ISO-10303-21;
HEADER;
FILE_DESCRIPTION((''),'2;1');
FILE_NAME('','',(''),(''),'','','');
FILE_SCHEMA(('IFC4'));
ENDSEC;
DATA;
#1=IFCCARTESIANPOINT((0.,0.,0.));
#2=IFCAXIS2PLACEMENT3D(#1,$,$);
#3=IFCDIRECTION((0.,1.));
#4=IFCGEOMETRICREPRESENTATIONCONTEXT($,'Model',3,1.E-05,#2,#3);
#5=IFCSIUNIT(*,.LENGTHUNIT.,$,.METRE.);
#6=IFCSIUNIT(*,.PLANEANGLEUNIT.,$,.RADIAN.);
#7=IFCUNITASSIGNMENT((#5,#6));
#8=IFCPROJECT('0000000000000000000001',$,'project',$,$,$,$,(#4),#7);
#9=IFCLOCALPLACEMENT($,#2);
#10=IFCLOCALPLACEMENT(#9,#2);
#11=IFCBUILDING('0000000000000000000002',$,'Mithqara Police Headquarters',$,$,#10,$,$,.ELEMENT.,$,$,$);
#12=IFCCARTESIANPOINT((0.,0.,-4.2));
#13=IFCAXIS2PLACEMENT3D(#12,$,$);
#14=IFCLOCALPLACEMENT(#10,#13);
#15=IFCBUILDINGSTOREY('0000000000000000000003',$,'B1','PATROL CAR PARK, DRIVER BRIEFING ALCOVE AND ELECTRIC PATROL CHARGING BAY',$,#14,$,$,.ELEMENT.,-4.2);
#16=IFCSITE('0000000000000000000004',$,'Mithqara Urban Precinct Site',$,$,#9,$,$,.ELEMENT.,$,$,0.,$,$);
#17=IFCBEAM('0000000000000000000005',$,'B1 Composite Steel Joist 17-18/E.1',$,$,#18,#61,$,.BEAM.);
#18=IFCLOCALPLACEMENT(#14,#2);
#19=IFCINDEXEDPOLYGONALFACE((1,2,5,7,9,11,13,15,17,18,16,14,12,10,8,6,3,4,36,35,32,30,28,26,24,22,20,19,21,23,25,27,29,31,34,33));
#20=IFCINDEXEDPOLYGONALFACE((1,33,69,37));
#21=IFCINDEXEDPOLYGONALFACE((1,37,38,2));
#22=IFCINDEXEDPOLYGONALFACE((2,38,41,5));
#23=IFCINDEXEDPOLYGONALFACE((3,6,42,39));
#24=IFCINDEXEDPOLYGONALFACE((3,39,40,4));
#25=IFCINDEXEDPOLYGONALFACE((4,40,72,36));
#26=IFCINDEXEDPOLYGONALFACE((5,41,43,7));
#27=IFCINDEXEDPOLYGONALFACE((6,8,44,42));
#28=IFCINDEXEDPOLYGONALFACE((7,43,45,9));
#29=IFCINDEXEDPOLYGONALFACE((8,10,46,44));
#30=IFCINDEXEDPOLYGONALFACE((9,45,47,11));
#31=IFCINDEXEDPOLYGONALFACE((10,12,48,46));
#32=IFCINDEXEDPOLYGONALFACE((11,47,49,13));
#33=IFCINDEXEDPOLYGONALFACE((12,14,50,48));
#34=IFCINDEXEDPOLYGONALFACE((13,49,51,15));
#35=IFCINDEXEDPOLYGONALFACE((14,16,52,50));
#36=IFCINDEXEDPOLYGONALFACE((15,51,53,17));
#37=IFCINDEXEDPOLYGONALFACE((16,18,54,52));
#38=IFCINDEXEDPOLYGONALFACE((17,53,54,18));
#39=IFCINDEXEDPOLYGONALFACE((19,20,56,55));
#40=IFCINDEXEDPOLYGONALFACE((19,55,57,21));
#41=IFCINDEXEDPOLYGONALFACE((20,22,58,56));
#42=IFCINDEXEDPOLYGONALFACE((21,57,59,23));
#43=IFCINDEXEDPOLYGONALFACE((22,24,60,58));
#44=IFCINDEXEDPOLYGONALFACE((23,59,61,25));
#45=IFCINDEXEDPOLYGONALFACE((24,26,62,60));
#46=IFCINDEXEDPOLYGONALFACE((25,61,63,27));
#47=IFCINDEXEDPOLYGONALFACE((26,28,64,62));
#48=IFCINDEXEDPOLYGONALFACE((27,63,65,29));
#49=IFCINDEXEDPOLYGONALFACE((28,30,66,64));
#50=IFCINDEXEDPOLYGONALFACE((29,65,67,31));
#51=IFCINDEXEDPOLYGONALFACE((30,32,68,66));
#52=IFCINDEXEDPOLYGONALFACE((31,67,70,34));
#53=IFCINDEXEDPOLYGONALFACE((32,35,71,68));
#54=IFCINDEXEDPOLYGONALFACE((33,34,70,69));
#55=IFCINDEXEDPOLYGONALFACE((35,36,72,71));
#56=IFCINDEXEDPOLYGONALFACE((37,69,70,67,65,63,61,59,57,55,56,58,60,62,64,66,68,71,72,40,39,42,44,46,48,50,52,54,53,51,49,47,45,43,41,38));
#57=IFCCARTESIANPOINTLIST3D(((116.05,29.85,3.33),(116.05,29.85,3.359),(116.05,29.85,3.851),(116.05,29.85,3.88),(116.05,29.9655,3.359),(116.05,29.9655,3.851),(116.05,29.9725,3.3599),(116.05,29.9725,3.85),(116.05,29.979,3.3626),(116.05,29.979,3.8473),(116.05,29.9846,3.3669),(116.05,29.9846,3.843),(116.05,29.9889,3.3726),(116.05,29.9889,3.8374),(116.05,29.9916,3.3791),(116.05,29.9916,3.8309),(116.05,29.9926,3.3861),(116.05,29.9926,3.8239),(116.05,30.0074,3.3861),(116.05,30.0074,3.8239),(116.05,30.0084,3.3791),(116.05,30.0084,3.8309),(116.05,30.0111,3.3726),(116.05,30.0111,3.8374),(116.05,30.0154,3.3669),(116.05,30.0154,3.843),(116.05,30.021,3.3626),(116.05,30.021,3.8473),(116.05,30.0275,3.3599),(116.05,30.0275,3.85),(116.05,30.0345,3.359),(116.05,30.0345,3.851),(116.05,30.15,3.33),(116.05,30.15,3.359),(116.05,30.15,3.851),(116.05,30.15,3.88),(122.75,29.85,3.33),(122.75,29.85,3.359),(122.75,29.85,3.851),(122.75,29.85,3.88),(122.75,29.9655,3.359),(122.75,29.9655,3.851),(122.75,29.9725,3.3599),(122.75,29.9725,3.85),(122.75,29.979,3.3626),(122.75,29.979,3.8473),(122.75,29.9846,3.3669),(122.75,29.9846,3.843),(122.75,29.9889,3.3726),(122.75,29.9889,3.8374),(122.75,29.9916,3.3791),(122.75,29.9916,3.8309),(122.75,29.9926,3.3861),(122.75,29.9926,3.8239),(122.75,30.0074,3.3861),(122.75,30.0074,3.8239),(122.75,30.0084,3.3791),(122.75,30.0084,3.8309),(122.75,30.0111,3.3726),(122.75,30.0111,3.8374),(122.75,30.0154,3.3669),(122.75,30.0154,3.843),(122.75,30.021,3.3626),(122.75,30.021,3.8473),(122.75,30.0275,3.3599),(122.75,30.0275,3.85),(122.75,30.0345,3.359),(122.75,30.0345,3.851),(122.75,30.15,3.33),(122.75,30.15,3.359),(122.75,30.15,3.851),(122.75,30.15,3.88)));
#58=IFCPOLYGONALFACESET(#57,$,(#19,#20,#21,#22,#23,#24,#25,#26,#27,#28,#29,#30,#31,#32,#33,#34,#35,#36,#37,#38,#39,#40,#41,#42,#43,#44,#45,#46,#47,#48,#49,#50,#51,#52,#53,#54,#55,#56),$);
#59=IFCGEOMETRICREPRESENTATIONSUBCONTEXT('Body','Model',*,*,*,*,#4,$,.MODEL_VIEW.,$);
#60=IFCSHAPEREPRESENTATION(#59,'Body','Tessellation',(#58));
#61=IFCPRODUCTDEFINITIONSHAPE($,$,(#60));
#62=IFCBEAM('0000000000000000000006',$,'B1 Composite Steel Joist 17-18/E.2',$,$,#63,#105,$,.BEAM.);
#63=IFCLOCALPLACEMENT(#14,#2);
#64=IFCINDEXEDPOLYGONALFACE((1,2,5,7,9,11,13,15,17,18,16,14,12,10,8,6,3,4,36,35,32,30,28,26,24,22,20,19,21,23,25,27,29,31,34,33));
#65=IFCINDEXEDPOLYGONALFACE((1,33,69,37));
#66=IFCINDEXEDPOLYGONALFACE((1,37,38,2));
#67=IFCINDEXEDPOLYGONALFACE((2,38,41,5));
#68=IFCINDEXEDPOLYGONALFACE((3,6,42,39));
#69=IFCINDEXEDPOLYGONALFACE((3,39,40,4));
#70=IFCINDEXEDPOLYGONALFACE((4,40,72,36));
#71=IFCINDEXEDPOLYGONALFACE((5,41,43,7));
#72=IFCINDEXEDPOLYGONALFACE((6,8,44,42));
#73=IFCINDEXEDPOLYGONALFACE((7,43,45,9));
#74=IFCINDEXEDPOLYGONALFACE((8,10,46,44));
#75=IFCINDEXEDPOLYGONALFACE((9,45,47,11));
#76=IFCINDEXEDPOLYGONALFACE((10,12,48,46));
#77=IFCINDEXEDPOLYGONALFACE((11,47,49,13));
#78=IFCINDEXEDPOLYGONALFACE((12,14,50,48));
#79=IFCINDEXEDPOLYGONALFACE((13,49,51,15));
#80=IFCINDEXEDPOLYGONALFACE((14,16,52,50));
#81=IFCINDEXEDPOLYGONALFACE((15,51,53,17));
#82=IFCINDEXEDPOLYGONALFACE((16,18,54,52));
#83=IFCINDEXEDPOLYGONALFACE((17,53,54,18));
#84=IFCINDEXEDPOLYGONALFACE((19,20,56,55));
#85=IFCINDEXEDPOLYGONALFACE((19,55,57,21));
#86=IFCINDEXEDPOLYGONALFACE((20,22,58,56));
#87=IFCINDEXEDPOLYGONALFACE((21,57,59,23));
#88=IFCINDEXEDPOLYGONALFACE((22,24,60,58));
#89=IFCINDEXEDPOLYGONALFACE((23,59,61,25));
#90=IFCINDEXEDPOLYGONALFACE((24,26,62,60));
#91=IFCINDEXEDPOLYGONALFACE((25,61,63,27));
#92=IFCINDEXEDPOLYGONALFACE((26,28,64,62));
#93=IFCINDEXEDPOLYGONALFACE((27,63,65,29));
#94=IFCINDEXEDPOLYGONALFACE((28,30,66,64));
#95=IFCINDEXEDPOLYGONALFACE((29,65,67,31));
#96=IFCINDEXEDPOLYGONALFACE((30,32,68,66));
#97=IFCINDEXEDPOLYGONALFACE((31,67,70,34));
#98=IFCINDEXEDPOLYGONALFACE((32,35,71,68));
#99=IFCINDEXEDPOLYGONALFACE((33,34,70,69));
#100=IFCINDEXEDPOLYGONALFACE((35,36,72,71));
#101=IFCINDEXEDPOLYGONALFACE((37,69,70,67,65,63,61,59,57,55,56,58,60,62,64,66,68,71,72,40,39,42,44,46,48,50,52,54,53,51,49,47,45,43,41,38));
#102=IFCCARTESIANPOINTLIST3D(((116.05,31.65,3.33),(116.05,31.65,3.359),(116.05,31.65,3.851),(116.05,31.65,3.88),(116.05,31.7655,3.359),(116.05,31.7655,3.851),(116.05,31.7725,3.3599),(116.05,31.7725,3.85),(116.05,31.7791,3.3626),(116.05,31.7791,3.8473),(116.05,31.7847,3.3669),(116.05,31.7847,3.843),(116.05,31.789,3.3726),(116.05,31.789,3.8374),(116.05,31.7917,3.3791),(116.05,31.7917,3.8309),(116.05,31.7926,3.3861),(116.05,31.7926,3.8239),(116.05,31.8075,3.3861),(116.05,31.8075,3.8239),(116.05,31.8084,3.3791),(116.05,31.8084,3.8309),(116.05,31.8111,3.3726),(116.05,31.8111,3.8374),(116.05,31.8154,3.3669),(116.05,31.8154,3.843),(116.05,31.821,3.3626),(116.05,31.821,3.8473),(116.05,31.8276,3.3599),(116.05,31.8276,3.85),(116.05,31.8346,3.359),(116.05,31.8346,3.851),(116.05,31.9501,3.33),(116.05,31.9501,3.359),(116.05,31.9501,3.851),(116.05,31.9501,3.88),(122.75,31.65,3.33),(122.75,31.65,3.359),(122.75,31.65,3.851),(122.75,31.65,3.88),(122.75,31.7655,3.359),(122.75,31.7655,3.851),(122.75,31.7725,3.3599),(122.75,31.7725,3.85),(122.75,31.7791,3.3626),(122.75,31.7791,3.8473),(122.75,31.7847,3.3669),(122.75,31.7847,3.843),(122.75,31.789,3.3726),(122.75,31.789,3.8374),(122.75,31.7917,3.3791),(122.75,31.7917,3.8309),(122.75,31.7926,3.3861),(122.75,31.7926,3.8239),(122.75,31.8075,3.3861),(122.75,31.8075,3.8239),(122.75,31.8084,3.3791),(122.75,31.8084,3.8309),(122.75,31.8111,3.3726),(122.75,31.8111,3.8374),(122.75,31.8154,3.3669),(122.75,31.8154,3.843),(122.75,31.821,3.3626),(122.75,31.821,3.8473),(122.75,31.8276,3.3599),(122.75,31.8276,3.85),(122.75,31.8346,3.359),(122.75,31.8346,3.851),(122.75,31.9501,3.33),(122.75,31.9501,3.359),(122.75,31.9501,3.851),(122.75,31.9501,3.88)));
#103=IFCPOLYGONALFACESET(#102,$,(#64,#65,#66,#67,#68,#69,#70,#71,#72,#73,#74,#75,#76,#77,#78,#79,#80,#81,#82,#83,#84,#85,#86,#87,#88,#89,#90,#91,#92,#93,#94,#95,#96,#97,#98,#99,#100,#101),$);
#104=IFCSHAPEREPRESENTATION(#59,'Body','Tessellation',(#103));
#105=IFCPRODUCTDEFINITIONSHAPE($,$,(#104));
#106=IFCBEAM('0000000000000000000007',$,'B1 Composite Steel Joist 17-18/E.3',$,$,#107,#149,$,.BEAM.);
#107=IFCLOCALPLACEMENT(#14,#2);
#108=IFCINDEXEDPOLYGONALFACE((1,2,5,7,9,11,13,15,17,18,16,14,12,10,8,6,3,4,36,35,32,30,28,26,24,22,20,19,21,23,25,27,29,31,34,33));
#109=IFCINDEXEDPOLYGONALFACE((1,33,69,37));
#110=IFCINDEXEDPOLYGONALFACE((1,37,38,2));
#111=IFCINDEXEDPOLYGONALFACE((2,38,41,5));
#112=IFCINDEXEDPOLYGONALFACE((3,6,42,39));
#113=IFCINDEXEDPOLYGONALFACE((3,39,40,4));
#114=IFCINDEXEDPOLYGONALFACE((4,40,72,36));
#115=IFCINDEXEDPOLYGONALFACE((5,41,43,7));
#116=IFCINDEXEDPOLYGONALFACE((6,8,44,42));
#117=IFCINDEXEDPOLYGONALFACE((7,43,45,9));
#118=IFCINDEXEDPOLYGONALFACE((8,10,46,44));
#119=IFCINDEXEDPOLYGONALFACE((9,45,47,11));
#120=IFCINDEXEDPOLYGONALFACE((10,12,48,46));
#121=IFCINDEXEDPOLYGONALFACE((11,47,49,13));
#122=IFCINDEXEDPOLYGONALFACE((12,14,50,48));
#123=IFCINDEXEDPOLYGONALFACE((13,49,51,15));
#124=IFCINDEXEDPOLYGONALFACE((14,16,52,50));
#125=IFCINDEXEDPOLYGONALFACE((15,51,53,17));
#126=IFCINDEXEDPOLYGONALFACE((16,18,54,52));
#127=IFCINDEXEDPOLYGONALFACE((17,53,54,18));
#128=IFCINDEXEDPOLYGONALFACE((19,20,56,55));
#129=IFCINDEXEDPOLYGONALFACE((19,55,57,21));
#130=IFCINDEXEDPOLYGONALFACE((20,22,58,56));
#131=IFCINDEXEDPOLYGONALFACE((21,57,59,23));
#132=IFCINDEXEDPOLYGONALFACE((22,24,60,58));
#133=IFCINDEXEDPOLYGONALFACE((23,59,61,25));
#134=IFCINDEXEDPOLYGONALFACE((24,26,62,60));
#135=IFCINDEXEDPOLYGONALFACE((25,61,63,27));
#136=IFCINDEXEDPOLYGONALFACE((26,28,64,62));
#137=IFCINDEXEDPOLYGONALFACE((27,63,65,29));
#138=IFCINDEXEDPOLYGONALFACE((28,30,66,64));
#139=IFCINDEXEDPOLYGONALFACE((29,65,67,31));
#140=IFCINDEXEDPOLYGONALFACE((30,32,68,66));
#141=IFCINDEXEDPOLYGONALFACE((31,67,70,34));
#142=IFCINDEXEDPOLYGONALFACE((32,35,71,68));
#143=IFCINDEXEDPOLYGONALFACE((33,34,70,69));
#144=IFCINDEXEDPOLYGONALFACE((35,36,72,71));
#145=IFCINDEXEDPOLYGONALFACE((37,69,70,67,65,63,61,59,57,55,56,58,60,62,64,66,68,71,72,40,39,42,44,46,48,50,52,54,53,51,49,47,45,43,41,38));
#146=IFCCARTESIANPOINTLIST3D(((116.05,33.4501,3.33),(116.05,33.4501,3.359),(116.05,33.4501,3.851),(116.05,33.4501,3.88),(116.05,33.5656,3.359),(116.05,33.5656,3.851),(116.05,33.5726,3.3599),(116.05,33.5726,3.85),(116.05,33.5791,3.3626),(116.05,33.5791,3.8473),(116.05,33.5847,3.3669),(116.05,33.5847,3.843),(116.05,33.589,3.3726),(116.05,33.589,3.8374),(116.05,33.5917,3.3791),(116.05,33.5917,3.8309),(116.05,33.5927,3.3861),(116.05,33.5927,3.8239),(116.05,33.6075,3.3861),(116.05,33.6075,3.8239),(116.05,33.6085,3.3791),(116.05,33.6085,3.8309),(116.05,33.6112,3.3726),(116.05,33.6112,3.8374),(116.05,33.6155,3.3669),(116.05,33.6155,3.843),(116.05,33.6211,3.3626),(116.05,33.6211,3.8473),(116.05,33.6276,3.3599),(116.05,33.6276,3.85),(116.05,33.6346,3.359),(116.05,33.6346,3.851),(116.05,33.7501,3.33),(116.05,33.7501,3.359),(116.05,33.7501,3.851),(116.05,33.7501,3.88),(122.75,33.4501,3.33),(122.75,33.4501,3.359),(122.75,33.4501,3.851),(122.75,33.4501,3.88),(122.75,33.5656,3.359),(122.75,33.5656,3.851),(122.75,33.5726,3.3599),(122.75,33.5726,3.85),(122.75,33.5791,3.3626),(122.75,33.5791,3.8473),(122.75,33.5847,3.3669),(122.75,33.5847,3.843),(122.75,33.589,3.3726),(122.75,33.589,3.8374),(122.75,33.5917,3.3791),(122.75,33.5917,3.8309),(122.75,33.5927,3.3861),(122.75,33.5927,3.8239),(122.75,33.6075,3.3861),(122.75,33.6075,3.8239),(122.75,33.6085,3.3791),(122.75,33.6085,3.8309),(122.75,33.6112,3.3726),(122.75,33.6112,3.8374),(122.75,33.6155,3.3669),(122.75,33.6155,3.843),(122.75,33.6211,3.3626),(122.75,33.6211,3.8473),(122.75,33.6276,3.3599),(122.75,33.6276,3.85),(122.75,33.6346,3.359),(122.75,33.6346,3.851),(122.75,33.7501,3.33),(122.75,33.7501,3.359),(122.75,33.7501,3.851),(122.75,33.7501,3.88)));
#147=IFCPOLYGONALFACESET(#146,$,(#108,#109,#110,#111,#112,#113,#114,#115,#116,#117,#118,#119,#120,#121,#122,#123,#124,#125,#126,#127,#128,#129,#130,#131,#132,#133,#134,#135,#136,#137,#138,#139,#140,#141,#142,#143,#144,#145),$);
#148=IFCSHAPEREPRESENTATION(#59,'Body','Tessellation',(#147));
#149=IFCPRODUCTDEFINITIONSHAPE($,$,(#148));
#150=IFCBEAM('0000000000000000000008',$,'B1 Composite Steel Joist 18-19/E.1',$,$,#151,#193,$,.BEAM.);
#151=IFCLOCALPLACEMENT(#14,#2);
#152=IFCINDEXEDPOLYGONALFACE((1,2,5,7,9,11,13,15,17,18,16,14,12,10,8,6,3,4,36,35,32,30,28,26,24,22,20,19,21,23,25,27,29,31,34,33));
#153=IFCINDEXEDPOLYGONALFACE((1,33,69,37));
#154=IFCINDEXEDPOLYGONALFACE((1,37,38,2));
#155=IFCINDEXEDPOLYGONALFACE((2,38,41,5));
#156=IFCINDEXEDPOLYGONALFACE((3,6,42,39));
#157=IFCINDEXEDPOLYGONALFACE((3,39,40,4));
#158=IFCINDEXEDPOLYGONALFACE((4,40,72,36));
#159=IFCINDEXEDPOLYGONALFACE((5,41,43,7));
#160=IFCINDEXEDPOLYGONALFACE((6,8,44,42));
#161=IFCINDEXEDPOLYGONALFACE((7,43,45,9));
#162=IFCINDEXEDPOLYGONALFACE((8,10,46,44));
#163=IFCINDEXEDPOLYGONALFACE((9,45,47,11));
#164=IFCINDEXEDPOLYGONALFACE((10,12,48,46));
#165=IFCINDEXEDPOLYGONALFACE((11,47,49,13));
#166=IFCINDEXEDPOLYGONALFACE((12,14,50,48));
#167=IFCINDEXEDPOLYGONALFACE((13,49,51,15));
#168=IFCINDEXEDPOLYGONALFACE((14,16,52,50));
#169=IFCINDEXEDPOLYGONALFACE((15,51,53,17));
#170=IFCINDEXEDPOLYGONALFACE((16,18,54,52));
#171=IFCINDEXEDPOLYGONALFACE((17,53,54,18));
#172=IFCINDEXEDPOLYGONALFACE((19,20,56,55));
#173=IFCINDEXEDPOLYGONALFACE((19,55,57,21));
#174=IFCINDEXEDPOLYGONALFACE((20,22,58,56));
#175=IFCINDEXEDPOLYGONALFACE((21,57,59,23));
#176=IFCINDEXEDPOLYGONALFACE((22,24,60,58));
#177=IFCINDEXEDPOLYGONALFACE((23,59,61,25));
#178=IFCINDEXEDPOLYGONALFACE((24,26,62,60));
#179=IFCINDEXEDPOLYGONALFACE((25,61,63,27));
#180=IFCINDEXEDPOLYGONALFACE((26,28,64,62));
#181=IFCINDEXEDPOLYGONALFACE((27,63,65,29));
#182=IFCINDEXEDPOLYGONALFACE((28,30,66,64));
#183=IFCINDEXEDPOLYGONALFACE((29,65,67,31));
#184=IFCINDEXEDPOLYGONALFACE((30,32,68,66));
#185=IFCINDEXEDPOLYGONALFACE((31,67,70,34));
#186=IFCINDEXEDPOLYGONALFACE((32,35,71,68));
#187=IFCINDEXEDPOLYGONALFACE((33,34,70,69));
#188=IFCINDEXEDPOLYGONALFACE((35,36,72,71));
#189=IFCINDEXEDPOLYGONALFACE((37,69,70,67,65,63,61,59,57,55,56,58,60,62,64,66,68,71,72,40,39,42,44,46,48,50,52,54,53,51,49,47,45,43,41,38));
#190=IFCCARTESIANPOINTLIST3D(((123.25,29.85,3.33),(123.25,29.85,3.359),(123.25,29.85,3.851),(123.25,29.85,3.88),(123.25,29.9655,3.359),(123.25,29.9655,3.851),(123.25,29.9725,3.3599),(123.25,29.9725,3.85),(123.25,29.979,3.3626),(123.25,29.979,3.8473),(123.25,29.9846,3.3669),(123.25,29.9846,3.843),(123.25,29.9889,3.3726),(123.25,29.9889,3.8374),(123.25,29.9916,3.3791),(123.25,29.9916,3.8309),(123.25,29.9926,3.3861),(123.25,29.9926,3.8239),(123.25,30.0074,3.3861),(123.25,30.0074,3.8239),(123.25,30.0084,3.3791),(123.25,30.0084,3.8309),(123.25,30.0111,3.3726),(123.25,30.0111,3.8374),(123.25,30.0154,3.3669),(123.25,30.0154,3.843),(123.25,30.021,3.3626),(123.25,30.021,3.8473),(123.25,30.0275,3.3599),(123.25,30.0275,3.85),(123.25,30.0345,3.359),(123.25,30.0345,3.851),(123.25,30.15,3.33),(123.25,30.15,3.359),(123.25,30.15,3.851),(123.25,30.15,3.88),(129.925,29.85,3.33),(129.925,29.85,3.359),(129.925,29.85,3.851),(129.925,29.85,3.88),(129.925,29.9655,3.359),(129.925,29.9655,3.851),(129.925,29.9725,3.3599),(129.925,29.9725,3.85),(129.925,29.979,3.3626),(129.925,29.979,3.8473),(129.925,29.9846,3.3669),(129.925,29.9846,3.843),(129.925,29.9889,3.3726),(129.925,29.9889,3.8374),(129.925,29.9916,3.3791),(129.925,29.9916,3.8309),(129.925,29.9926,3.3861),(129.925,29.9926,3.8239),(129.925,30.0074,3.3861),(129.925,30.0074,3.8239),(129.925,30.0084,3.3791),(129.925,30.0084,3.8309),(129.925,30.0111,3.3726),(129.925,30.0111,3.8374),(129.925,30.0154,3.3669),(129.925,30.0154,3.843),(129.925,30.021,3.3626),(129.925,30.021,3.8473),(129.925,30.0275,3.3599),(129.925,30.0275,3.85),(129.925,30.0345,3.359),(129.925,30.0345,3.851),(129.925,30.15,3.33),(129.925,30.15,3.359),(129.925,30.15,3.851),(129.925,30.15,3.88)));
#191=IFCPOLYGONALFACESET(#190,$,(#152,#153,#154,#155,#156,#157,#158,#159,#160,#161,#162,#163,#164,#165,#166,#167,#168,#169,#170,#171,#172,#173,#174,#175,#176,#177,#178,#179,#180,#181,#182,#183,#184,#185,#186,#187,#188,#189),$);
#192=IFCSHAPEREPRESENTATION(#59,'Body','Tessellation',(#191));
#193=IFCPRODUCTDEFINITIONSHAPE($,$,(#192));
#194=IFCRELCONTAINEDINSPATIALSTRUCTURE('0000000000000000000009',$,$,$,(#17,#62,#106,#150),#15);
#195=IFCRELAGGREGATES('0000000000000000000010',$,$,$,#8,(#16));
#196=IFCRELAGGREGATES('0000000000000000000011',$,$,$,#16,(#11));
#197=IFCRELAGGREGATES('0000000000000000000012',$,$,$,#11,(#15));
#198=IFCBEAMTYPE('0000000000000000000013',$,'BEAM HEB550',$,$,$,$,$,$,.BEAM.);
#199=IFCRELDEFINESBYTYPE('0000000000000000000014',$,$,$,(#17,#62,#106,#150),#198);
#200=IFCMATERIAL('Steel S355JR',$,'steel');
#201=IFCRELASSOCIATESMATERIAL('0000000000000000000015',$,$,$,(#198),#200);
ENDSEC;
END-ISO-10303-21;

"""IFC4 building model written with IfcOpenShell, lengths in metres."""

from ifc_helpers import new_model, si_unit, direction, frame, origin, origin_2d, place, context, subcontext, project, spatial, i_section, extrude, material, material_profile, profile_set, type_object, element, save


model = new_model("IFC4")

# Units and contexts
model_context = context("Model", 3, precision=1e-05, world=origin(), true_north=direction((0.0, 1.0)))
body_context = subcontext(model_context, "Body", "Model", "MODEL_VIEW")
ifc_project = project(units=[si_unit("LENGTHUNIT", "METRE"), si_unit("PLANEANGLEUNIT", "RADIAN")], contexts=[model_context])

# Site, building, storey
site_placement = place(None, origin())
site = spatial("IfcSite", under=ifc_project, at=site_placement, Name="Mithqara Urban Precinct Site", CompositionType="ELEMENT", RefElevation=0.0)
building_placement = place(site_placement, origin())
building = spatial("IfcBuilding", under=site, at=building_placement, Name="Mithqara Police Headquarters", CompositionType="ELEMENT")
storey_placement = place(building_placement, frame((0.0, 0.0, -4.2)))
storey = spatial("IfcBuildingStorey", under=building, at=storey_placement, Name="B1", Description="PATROL CAR PARK, DRIVER BRIEFING ALCOVE AND ELECTRIC PATROL CHARGING BAY", CompositionType="ELEMENT", Elevation=-4.2)

# Beams
ifc_material_1 = material(Name="Steel S355JR", Category="steel")
ifc_material_profile_1 = material_profile(ifc_material_1, i_section(OverallWidth=0.3, OverallDepth=0.55, WebThickness=0.0149, FlangeThickness=0.0291, FilletRadius=0.0271, at=origin_2d()), Name="HEB 550")
ifc_profile_set_1 = profile_set([ifc_material_profile_1], Name="Steel S355JR")
beam_type_1 = type_object("IfcBeamType", Name="BEAM HEB550", PredefinedType="BEAM", material=ifc_profile_set_1)
for number, where, z_axis, x_axis, name in (
    (1, (116.05, 30.0, 3.605), (1.0, 0.0, 0.0), (0.0, 1.0, 0.0), "B1 Composite Steel Joist 17-18/E.1"),
    (2, (116.05, 31.8, 3.605), (1.0, 0.0, 0.0), (0.0, 1.0, 0.0), "B1 Composite Steel Joist 17-18/E.2"),
    (3, (116.05, 33.6001, 3.605), (1.0, 0.0, 0.0), (0.0, 1.0, 0.0), "B1 Composite Steel Joist 17-18/E.3"),
):
    element("IfcBeam", number, at=place(storey_placement, frame(where, z_axis=z_axis, x_axis=x_axis)), inside=storey, type_object=beam_type_1, Name=name, PredefinedType="BEAM", context=body_context, shape_type="SweptSolid", body=[
        extrude(i_section(OverallWidth=0.3, OverallDepth=0.55, WebThickness=0.0149, FlangeThickness=0.0291, FilletRadius=0.0271, at=origin_2d()), origin(), (0.0, 0.0, 1.0), 6.7),
    ])
for number, where, z_axis, x_axis, name in (
    (4, (123.25, 30.0, 3.605), (1.0, 0.0, 0.0), (0.0, 1.0, 0.0), "B1 Composite Steel Joist 18-19/E.1"),
):
    element("IfcBeam", number, at=place(storey_placement, frame(where, z_axis=z_axis, x_axis=x_axis)), inside=storey, type_object=beam_type_1, Name=name, PredefinedType="BEAM", context=body_context, shape_type="SweptSolid", body=[
        extrude(i_section(OverallWidth=0.3, OverallDepth=0.55, WebThickness=0.0149, FlangeThickness=0.0291, FilletRadius=0.0271, at=origin_2d()), origin(), (0.0, 0.0, 1.0), 6.675),
    ])

save(model, "model.ifc")
